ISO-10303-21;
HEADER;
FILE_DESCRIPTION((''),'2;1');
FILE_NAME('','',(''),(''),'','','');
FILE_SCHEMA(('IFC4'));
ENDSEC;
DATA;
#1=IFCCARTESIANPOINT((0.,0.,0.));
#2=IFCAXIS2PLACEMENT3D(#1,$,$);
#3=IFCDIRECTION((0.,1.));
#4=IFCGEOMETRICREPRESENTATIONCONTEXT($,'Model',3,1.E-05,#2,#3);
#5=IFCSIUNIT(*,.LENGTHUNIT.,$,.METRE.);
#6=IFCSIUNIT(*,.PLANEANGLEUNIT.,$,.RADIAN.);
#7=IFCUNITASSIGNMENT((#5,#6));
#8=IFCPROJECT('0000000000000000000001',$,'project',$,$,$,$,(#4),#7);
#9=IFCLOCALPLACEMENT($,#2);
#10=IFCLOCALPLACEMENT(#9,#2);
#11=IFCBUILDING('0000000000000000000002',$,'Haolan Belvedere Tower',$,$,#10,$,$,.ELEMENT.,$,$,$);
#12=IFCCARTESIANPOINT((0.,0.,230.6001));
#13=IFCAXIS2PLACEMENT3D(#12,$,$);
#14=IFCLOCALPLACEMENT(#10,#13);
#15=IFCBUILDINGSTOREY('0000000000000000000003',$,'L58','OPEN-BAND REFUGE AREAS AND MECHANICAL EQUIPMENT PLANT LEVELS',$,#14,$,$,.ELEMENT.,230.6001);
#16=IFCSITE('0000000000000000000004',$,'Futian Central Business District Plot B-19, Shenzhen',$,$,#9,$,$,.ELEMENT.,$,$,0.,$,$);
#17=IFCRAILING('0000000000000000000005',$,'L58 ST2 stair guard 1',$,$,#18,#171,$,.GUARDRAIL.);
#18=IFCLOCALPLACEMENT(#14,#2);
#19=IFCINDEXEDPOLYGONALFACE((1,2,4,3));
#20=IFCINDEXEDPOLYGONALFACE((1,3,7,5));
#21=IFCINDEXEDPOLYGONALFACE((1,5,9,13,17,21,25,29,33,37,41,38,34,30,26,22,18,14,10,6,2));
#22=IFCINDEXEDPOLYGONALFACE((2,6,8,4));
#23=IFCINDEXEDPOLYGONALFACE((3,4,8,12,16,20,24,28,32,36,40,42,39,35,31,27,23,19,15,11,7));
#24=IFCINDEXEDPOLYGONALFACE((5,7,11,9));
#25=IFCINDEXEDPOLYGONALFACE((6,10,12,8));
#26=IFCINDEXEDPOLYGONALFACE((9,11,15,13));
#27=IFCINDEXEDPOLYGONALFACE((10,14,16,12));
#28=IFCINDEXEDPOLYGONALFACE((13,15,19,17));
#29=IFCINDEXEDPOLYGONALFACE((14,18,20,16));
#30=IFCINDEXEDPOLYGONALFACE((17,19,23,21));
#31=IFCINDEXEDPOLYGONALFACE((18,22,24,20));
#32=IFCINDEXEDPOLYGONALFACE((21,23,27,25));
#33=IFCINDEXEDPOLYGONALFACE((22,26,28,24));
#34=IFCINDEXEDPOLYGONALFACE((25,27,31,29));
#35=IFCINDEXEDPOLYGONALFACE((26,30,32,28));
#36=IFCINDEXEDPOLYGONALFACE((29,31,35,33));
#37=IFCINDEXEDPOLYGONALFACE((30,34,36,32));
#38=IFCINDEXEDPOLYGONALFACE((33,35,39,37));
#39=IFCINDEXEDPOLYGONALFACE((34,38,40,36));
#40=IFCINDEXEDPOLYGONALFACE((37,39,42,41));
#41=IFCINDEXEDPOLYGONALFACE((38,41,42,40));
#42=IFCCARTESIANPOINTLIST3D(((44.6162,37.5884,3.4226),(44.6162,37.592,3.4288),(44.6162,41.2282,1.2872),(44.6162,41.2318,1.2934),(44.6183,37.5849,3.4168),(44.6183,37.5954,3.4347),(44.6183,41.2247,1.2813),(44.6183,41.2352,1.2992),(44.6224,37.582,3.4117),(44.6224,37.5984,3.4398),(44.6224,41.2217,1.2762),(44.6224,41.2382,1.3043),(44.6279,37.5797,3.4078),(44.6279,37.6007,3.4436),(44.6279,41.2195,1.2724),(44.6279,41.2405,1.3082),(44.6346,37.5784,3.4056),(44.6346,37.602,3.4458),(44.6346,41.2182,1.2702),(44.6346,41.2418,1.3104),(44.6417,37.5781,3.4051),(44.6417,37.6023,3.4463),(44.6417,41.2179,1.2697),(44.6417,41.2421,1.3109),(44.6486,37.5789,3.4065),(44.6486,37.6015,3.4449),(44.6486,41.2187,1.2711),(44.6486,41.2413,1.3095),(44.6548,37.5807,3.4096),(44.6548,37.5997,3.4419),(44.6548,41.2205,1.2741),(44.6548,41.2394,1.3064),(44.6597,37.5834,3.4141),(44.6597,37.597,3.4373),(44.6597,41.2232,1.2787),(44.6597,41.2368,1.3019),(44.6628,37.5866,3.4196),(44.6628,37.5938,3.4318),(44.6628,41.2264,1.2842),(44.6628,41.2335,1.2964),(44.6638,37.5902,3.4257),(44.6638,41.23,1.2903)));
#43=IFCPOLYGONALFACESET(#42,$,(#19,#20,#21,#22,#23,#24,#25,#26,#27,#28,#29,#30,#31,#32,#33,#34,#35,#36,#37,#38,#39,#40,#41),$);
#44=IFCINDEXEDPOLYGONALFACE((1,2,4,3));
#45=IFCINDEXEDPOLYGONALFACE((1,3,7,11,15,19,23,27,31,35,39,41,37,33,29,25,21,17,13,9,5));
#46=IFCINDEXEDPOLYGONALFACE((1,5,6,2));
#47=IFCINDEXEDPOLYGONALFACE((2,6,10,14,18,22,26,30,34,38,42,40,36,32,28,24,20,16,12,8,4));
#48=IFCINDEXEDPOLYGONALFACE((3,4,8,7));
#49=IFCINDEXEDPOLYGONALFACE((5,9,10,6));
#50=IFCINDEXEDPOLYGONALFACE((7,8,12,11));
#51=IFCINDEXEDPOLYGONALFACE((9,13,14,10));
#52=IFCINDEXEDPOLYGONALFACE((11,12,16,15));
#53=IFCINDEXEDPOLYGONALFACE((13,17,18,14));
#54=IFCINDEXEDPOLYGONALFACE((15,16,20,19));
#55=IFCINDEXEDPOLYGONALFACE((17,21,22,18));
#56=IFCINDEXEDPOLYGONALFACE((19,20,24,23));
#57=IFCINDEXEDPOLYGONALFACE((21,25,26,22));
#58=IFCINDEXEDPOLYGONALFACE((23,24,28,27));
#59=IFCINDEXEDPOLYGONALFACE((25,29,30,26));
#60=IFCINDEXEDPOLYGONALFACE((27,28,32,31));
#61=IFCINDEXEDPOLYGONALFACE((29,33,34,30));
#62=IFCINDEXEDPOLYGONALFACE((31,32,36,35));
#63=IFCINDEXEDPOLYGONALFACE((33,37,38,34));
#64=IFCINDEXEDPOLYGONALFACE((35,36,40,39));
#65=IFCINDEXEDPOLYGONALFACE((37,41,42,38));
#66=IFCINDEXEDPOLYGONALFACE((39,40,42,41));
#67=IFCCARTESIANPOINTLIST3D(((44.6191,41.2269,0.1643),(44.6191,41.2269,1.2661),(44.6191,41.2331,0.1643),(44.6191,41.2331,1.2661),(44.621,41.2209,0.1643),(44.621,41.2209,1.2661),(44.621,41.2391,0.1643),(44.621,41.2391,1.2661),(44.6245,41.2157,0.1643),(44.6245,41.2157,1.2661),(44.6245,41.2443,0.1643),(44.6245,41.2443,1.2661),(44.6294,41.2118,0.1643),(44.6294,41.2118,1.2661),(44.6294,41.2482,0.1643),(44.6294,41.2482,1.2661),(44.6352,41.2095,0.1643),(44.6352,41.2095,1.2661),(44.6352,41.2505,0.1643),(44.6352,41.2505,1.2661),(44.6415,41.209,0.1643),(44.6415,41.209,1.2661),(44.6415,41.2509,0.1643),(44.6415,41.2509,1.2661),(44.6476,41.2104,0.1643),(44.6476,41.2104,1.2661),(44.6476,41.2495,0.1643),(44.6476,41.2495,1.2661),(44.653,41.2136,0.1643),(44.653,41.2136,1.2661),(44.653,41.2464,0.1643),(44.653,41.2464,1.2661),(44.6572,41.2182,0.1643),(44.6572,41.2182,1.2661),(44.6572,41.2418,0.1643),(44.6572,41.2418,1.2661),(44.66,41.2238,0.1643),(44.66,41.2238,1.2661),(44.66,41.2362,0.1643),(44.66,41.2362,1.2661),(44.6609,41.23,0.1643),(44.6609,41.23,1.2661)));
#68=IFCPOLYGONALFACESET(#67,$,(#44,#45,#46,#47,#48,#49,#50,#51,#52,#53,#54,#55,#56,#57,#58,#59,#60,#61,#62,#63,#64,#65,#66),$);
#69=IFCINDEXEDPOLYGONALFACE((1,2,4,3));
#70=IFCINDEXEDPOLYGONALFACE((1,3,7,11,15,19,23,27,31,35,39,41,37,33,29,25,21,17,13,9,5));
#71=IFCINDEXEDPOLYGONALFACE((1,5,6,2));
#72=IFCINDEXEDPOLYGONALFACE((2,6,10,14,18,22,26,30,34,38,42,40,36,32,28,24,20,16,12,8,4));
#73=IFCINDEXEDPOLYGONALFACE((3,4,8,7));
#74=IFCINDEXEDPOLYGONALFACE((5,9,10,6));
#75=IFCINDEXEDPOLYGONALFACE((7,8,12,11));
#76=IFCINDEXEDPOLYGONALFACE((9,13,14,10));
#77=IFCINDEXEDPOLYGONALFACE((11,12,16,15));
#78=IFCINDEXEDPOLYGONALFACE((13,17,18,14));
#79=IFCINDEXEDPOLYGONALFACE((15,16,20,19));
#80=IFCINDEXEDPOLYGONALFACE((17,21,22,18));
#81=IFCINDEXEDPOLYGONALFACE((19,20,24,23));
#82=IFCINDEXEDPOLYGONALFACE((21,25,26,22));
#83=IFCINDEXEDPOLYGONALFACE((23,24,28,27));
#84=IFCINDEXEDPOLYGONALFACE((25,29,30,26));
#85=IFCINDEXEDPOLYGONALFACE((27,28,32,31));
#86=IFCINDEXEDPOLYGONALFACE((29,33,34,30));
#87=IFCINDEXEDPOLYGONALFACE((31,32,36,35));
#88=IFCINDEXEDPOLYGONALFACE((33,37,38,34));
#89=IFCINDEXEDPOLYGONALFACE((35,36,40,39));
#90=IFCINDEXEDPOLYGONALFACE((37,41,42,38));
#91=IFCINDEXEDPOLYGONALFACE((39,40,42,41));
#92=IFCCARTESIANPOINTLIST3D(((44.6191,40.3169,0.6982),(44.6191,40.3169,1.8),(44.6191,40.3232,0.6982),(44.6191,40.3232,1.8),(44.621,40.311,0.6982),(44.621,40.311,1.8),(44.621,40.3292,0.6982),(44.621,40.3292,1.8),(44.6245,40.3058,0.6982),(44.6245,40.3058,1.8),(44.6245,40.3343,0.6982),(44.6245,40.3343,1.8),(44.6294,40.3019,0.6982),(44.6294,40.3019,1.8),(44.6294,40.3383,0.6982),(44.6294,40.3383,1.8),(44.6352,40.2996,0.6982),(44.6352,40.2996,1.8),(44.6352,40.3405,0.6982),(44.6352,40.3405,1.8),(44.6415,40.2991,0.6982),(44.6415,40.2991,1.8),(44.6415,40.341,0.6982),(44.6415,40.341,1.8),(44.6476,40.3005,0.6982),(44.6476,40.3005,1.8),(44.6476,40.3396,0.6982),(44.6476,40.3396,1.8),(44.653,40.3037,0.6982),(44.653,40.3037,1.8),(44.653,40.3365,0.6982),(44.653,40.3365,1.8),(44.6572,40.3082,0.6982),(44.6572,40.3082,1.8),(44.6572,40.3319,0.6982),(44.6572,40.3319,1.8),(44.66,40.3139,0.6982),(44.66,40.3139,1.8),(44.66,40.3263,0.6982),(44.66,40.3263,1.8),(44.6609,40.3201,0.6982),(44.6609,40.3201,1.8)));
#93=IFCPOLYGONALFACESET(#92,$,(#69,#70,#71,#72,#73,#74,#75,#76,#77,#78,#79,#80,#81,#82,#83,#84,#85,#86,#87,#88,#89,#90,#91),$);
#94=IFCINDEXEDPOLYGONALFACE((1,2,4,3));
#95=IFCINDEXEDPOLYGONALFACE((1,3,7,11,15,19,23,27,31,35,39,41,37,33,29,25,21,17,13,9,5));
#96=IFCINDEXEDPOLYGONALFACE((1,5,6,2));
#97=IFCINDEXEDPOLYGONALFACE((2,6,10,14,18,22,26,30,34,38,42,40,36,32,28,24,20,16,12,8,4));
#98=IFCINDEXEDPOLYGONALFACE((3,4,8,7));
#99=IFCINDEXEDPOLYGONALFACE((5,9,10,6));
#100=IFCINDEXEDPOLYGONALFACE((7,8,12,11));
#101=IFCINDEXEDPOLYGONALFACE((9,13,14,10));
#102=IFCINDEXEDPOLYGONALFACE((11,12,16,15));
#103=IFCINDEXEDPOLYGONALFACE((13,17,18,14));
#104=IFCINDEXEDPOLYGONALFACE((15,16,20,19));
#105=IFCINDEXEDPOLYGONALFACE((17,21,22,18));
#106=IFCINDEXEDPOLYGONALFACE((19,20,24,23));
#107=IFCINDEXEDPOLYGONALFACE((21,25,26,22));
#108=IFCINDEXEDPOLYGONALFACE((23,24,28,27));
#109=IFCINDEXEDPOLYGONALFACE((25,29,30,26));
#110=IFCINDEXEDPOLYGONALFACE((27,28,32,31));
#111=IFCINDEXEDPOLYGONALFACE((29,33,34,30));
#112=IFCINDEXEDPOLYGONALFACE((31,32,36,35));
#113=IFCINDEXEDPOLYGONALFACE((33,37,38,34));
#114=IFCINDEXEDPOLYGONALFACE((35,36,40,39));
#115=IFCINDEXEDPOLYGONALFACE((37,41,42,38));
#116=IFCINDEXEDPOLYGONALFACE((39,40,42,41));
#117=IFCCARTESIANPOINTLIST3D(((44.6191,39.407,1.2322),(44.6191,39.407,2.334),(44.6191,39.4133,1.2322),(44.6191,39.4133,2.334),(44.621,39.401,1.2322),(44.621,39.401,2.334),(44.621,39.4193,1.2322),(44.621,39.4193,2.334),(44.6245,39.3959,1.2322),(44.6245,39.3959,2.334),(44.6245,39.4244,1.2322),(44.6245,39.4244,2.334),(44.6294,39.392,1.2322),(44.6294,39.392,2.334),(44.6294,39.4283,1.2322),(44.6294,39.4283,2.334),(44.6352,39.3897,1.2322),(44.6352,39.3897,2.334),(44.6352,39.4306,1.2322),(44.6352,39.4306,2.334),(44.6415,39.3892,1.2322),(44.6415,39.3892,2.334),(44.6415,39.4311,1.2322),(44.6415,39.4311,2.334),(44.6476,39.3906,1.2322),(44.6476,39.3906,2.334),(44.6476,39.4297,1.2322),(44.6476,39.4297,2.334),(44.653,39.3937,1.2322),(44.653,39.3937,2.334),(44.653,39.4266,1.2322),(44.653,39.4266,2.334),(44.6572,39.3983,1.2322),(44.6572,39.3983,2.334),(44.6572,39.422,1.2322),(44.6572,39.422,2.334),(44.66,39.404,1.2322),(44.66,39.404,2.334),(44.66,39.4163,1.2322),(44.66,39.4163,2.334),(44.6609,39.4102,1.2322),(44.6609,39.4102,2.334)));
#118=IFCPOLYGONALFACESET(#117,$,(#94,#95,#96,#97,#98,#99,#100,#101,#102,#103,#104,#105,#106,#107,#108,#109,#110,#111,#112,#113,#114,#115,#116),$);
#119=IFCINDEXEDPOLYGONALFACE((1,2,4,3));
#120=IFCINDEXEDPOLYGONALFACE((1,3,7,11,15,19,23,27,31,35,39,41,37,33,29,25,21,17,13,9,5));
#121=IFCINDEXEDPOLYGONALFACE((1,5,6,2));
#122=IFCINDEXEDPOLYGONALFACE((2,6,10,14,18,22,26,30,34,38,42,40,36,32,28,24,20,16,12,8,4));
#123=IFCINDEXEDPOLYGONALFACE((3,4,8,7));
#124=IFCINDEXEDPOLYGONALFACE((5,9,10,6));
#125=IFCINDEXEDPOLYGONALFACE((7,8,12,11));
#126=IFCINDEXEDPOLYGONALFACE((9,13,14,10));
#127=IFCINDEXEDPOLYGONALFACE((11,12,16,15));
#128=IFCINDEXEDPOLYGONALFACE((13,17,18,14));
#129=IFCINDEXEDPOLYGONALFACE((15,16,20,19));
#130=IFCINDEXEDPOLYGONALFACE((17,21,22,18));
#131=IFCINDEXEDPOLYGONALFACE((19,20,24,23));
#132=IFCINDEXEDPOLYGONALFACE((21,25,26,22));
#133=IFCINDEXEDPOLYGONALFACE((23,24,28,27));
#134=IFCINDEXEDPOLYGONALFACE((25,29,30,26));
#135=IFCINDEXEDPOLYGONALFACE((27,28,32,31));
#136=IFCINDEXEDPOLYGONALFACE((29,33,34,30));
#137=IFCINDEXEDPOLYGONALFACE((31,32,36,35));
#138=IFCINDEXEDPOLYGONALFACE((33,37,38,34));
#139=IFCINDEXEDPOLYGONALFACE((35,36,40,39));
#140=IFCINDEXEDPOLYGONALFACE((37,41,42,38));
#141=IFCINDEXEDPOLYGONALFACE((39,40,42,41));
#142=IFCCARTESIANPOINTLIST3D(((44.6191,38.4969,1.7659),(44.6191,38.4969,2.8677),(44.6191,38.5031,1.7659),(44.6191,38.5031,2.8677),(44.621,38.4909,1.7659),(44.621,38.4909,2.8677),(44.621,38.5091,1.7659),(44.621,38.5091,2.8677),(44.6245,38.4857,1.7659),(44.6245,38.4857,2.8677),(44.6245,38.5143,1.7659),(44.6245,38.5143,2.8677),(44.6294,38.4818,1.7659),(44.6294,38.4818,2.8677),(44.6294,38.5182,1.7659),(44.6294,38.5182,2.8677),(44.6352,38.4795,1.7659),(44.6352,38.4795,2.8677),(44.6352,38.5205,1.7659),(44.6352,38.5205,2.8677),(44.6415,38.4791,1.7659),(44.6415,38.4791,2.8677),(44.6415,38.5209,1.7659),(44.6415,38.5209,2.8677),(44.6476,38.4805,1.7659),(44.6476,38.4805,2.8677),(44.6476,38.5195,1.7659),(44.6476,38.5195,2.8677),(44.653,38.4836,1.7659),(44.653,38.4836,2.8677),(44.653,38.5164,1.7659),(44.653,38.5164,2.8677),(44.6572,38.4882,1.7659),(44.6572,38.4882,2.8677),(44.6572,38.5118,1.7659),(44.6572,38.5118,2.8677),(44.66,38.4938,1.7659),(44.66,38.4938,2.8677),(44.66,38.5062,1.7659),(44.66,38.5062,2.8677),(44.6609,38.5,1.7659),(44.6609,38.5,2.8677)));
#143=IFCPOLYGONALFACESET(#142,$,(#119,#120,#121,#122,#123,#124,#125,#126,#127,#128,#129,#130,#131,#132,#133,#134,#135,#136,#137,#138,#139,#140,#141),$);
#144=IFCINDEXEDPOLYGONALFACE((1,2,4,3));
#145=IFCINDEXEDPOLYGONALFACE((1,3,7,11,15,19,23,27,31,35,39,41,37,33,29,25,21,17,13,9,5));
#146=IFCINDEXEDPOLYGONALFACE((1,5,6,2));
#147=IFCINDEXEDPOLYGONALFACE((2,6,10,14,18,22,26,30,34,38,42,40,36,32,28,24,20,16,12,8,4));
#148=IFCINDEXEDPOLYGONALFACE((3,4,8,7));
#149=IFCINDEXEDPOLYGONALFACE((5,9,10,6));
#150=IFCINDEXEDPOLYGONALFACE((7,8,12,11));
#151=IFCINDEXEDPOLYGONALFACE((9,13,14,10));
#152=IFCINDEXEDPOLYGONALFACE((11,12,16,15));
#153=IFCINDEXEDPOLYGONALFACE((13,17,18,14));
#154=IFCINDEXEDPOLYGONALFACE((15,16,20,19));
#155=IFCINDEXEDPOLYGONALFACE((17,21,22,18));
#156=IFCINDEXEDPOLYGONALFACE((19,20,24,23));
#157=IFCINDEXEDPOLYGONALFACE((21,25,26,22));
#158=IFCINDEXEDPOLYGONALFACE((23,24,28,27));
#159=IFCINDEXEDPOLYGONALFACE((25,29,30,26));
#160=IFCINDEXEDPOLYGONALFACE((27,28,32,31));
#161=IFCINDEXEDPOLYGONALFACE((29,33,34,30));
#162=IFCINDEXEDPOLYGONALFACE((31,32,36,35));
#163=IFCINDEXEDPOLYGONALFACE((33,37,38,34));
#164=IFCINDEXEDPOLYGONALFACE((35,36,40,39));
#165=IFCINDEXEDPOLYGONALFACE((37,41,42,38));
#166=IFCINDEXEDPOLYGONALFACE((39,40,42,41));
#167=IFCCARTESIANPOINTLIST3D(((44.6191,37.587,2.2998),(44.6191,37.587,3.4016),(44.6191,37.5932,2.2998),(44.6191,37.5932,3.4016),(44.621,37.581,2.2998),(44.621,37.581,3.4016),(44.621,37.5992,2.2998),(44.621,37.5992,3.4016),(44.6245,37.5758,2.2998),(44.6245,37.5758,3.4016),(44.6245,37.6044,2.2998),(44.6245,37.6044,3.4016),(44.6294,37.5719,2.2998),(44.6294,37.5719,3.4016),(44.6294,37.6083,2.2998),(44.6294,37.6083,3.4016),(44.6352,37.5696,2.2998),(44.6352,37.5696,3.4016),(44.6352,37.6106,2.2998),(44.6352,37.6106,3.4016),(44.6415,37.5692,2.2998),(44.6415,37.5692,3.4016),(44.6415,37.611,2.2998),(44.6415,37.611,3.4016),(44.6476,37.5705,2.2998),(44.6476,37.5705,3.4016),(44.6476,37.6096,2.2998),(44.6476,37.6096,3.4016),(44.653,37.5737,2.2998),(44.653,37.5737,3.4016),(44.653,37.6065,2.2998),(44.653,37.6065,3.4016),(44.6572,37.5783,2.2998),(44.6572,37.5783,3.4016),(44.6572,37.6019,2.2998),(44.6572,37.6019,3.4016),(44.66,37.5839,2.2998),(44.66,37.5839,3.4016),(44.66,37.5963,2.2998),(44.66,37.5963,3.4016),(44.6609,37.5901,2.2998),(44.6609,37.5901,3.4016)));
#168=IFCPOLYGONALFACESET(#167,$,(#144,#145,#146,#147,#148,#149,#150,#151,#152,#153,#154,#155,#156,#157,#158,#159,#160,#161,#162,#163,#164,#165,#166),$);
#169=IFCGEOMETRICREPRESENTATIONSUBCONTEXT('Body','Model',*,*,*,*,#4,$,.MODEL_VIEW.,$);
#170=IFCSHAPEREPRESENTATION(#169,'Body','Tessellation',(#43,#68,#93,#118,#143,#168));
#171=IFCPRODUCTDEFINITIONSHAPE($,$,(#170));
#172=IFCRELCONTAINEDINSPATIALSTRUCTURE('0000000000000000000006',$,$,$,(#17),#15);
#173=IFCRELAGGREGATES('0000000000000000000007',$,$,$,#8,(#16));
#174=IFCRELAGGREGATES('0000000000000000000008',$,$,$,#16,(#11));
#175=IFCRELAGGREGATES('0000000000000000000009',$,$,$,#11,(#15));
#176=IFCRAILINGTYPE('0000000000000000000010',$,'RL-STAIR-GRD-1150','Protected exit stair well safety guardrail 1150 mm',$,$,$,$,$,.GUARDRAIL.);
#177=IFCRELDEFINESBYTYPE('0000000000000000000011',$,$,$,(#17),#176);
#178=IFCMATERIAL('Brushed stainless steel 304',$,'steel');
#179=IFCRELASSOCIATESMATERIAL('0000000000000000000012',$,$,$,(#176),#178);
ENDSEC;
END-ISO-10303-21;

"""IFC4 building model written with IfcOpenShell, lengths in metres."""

from ifc_helpers import new_model, si_unit, direction, frame, origin, origin_2d, place, context, subcontext, project, spatial, circle, extrude, material, type_object, element, save


model = new_model("IFC4")

# Units and contexts
model_context = context("Model", 3, precision=1e-05, world=origin(), true_north=direction((0.0, 1.0)))
body_context = subcontext(model_context, "Body", "Model", "MODEL_VIEW")
ifc_project = project(units=[si_unit("LENGTHUNIT", "METRE"), si_unit("PLANEANGLEUNIT", "RADIAN")], contexts=[model_context])

# Site, building, storey
site_placement = place(None, origin())
site = spatial("IfcSite", under=ifc_project, at=site_placement, Name="Futian Central Business District Plot B-19, Shenzhen", CompositionType="ELEMENT", RefElevation=0.0)
building_placement = place(site_placement, origin())
building = spatial("IfcBuilding", under=site, at=building_placement, Name="Haolan Belvedere Tower", CompositionType="ELEMENT")
storey_placement = place(building_placement, frame((0.0, 0.0, 230.6001)))
storey = spatial("IfcBuildingStorey", under=building, at=storey_placement, Name="L58", Description="OPEN-BAND REFUGE AREAS AND MECHANICAL EQUIPMENT PLANT LEVELS", CompositionType="ELEMENT", Elevation=230.6001)

# Railing
ifc_material_1 = material(Name="Brushed stainless steel 304", Category="steel")
railing_type = type_object("IfcRailingType", Name="RL-STAIR-GRD-1150", Description="Protected exit stair well safety guardrail 1150 mm", PredefinedType="GUARDRAIL", material=ifc_material_1)
railing_1_placement = place(storey_placement, frame((44.6399, 41.23, 0.1643)))
element("IfcRailing", 1, at=railing_1_placement, inside=storey, type_object=railing_type, Name="L58 ST2 stair guard 1", PredefinedType="GUARDRAIL", context=body_context, shape_type="SweptSolid", body=[
    extrude(circle(Radius=0.0239, at=origin_2d()), frame((0.0, 0.0, 1.126), z_axis=(0.0, -0.862515, 0.506031), x_axis=(1.0, 0.0, 0.0)), (0.0, 0.0, 1.0), 4.22),
    extrude(circle(Radius=0.021, at=origin_2d()), origin(), (0.0, 0.0, 1.0), 1.1018),
    extrude(circle(Radius=0.021, at=origin_2d()), frame((0.0, -0.9099, 0.5339)), (0.0, 0.0, 1.0), 1.1018),
    extrude(circle(Radius=0.021, at=origin_2d()), frame((0.0, -1.8198, 1.0679)), (0.0, 0.0, 1.0), 1.1018),
    extrude(circle(Radius=0.021, at=origin_2d()), frame((0.0, -2.73, 1.6016)), (0.0, 0.0, 1.0), 1.1018),
    extrude(circle(Radius=0.021, at=origin_2d()), frame((0.0, -3.6399, 2.1355)), (0.0, 0.0, 1.0), 1.1018),
])

save(model, "model.ifc")
